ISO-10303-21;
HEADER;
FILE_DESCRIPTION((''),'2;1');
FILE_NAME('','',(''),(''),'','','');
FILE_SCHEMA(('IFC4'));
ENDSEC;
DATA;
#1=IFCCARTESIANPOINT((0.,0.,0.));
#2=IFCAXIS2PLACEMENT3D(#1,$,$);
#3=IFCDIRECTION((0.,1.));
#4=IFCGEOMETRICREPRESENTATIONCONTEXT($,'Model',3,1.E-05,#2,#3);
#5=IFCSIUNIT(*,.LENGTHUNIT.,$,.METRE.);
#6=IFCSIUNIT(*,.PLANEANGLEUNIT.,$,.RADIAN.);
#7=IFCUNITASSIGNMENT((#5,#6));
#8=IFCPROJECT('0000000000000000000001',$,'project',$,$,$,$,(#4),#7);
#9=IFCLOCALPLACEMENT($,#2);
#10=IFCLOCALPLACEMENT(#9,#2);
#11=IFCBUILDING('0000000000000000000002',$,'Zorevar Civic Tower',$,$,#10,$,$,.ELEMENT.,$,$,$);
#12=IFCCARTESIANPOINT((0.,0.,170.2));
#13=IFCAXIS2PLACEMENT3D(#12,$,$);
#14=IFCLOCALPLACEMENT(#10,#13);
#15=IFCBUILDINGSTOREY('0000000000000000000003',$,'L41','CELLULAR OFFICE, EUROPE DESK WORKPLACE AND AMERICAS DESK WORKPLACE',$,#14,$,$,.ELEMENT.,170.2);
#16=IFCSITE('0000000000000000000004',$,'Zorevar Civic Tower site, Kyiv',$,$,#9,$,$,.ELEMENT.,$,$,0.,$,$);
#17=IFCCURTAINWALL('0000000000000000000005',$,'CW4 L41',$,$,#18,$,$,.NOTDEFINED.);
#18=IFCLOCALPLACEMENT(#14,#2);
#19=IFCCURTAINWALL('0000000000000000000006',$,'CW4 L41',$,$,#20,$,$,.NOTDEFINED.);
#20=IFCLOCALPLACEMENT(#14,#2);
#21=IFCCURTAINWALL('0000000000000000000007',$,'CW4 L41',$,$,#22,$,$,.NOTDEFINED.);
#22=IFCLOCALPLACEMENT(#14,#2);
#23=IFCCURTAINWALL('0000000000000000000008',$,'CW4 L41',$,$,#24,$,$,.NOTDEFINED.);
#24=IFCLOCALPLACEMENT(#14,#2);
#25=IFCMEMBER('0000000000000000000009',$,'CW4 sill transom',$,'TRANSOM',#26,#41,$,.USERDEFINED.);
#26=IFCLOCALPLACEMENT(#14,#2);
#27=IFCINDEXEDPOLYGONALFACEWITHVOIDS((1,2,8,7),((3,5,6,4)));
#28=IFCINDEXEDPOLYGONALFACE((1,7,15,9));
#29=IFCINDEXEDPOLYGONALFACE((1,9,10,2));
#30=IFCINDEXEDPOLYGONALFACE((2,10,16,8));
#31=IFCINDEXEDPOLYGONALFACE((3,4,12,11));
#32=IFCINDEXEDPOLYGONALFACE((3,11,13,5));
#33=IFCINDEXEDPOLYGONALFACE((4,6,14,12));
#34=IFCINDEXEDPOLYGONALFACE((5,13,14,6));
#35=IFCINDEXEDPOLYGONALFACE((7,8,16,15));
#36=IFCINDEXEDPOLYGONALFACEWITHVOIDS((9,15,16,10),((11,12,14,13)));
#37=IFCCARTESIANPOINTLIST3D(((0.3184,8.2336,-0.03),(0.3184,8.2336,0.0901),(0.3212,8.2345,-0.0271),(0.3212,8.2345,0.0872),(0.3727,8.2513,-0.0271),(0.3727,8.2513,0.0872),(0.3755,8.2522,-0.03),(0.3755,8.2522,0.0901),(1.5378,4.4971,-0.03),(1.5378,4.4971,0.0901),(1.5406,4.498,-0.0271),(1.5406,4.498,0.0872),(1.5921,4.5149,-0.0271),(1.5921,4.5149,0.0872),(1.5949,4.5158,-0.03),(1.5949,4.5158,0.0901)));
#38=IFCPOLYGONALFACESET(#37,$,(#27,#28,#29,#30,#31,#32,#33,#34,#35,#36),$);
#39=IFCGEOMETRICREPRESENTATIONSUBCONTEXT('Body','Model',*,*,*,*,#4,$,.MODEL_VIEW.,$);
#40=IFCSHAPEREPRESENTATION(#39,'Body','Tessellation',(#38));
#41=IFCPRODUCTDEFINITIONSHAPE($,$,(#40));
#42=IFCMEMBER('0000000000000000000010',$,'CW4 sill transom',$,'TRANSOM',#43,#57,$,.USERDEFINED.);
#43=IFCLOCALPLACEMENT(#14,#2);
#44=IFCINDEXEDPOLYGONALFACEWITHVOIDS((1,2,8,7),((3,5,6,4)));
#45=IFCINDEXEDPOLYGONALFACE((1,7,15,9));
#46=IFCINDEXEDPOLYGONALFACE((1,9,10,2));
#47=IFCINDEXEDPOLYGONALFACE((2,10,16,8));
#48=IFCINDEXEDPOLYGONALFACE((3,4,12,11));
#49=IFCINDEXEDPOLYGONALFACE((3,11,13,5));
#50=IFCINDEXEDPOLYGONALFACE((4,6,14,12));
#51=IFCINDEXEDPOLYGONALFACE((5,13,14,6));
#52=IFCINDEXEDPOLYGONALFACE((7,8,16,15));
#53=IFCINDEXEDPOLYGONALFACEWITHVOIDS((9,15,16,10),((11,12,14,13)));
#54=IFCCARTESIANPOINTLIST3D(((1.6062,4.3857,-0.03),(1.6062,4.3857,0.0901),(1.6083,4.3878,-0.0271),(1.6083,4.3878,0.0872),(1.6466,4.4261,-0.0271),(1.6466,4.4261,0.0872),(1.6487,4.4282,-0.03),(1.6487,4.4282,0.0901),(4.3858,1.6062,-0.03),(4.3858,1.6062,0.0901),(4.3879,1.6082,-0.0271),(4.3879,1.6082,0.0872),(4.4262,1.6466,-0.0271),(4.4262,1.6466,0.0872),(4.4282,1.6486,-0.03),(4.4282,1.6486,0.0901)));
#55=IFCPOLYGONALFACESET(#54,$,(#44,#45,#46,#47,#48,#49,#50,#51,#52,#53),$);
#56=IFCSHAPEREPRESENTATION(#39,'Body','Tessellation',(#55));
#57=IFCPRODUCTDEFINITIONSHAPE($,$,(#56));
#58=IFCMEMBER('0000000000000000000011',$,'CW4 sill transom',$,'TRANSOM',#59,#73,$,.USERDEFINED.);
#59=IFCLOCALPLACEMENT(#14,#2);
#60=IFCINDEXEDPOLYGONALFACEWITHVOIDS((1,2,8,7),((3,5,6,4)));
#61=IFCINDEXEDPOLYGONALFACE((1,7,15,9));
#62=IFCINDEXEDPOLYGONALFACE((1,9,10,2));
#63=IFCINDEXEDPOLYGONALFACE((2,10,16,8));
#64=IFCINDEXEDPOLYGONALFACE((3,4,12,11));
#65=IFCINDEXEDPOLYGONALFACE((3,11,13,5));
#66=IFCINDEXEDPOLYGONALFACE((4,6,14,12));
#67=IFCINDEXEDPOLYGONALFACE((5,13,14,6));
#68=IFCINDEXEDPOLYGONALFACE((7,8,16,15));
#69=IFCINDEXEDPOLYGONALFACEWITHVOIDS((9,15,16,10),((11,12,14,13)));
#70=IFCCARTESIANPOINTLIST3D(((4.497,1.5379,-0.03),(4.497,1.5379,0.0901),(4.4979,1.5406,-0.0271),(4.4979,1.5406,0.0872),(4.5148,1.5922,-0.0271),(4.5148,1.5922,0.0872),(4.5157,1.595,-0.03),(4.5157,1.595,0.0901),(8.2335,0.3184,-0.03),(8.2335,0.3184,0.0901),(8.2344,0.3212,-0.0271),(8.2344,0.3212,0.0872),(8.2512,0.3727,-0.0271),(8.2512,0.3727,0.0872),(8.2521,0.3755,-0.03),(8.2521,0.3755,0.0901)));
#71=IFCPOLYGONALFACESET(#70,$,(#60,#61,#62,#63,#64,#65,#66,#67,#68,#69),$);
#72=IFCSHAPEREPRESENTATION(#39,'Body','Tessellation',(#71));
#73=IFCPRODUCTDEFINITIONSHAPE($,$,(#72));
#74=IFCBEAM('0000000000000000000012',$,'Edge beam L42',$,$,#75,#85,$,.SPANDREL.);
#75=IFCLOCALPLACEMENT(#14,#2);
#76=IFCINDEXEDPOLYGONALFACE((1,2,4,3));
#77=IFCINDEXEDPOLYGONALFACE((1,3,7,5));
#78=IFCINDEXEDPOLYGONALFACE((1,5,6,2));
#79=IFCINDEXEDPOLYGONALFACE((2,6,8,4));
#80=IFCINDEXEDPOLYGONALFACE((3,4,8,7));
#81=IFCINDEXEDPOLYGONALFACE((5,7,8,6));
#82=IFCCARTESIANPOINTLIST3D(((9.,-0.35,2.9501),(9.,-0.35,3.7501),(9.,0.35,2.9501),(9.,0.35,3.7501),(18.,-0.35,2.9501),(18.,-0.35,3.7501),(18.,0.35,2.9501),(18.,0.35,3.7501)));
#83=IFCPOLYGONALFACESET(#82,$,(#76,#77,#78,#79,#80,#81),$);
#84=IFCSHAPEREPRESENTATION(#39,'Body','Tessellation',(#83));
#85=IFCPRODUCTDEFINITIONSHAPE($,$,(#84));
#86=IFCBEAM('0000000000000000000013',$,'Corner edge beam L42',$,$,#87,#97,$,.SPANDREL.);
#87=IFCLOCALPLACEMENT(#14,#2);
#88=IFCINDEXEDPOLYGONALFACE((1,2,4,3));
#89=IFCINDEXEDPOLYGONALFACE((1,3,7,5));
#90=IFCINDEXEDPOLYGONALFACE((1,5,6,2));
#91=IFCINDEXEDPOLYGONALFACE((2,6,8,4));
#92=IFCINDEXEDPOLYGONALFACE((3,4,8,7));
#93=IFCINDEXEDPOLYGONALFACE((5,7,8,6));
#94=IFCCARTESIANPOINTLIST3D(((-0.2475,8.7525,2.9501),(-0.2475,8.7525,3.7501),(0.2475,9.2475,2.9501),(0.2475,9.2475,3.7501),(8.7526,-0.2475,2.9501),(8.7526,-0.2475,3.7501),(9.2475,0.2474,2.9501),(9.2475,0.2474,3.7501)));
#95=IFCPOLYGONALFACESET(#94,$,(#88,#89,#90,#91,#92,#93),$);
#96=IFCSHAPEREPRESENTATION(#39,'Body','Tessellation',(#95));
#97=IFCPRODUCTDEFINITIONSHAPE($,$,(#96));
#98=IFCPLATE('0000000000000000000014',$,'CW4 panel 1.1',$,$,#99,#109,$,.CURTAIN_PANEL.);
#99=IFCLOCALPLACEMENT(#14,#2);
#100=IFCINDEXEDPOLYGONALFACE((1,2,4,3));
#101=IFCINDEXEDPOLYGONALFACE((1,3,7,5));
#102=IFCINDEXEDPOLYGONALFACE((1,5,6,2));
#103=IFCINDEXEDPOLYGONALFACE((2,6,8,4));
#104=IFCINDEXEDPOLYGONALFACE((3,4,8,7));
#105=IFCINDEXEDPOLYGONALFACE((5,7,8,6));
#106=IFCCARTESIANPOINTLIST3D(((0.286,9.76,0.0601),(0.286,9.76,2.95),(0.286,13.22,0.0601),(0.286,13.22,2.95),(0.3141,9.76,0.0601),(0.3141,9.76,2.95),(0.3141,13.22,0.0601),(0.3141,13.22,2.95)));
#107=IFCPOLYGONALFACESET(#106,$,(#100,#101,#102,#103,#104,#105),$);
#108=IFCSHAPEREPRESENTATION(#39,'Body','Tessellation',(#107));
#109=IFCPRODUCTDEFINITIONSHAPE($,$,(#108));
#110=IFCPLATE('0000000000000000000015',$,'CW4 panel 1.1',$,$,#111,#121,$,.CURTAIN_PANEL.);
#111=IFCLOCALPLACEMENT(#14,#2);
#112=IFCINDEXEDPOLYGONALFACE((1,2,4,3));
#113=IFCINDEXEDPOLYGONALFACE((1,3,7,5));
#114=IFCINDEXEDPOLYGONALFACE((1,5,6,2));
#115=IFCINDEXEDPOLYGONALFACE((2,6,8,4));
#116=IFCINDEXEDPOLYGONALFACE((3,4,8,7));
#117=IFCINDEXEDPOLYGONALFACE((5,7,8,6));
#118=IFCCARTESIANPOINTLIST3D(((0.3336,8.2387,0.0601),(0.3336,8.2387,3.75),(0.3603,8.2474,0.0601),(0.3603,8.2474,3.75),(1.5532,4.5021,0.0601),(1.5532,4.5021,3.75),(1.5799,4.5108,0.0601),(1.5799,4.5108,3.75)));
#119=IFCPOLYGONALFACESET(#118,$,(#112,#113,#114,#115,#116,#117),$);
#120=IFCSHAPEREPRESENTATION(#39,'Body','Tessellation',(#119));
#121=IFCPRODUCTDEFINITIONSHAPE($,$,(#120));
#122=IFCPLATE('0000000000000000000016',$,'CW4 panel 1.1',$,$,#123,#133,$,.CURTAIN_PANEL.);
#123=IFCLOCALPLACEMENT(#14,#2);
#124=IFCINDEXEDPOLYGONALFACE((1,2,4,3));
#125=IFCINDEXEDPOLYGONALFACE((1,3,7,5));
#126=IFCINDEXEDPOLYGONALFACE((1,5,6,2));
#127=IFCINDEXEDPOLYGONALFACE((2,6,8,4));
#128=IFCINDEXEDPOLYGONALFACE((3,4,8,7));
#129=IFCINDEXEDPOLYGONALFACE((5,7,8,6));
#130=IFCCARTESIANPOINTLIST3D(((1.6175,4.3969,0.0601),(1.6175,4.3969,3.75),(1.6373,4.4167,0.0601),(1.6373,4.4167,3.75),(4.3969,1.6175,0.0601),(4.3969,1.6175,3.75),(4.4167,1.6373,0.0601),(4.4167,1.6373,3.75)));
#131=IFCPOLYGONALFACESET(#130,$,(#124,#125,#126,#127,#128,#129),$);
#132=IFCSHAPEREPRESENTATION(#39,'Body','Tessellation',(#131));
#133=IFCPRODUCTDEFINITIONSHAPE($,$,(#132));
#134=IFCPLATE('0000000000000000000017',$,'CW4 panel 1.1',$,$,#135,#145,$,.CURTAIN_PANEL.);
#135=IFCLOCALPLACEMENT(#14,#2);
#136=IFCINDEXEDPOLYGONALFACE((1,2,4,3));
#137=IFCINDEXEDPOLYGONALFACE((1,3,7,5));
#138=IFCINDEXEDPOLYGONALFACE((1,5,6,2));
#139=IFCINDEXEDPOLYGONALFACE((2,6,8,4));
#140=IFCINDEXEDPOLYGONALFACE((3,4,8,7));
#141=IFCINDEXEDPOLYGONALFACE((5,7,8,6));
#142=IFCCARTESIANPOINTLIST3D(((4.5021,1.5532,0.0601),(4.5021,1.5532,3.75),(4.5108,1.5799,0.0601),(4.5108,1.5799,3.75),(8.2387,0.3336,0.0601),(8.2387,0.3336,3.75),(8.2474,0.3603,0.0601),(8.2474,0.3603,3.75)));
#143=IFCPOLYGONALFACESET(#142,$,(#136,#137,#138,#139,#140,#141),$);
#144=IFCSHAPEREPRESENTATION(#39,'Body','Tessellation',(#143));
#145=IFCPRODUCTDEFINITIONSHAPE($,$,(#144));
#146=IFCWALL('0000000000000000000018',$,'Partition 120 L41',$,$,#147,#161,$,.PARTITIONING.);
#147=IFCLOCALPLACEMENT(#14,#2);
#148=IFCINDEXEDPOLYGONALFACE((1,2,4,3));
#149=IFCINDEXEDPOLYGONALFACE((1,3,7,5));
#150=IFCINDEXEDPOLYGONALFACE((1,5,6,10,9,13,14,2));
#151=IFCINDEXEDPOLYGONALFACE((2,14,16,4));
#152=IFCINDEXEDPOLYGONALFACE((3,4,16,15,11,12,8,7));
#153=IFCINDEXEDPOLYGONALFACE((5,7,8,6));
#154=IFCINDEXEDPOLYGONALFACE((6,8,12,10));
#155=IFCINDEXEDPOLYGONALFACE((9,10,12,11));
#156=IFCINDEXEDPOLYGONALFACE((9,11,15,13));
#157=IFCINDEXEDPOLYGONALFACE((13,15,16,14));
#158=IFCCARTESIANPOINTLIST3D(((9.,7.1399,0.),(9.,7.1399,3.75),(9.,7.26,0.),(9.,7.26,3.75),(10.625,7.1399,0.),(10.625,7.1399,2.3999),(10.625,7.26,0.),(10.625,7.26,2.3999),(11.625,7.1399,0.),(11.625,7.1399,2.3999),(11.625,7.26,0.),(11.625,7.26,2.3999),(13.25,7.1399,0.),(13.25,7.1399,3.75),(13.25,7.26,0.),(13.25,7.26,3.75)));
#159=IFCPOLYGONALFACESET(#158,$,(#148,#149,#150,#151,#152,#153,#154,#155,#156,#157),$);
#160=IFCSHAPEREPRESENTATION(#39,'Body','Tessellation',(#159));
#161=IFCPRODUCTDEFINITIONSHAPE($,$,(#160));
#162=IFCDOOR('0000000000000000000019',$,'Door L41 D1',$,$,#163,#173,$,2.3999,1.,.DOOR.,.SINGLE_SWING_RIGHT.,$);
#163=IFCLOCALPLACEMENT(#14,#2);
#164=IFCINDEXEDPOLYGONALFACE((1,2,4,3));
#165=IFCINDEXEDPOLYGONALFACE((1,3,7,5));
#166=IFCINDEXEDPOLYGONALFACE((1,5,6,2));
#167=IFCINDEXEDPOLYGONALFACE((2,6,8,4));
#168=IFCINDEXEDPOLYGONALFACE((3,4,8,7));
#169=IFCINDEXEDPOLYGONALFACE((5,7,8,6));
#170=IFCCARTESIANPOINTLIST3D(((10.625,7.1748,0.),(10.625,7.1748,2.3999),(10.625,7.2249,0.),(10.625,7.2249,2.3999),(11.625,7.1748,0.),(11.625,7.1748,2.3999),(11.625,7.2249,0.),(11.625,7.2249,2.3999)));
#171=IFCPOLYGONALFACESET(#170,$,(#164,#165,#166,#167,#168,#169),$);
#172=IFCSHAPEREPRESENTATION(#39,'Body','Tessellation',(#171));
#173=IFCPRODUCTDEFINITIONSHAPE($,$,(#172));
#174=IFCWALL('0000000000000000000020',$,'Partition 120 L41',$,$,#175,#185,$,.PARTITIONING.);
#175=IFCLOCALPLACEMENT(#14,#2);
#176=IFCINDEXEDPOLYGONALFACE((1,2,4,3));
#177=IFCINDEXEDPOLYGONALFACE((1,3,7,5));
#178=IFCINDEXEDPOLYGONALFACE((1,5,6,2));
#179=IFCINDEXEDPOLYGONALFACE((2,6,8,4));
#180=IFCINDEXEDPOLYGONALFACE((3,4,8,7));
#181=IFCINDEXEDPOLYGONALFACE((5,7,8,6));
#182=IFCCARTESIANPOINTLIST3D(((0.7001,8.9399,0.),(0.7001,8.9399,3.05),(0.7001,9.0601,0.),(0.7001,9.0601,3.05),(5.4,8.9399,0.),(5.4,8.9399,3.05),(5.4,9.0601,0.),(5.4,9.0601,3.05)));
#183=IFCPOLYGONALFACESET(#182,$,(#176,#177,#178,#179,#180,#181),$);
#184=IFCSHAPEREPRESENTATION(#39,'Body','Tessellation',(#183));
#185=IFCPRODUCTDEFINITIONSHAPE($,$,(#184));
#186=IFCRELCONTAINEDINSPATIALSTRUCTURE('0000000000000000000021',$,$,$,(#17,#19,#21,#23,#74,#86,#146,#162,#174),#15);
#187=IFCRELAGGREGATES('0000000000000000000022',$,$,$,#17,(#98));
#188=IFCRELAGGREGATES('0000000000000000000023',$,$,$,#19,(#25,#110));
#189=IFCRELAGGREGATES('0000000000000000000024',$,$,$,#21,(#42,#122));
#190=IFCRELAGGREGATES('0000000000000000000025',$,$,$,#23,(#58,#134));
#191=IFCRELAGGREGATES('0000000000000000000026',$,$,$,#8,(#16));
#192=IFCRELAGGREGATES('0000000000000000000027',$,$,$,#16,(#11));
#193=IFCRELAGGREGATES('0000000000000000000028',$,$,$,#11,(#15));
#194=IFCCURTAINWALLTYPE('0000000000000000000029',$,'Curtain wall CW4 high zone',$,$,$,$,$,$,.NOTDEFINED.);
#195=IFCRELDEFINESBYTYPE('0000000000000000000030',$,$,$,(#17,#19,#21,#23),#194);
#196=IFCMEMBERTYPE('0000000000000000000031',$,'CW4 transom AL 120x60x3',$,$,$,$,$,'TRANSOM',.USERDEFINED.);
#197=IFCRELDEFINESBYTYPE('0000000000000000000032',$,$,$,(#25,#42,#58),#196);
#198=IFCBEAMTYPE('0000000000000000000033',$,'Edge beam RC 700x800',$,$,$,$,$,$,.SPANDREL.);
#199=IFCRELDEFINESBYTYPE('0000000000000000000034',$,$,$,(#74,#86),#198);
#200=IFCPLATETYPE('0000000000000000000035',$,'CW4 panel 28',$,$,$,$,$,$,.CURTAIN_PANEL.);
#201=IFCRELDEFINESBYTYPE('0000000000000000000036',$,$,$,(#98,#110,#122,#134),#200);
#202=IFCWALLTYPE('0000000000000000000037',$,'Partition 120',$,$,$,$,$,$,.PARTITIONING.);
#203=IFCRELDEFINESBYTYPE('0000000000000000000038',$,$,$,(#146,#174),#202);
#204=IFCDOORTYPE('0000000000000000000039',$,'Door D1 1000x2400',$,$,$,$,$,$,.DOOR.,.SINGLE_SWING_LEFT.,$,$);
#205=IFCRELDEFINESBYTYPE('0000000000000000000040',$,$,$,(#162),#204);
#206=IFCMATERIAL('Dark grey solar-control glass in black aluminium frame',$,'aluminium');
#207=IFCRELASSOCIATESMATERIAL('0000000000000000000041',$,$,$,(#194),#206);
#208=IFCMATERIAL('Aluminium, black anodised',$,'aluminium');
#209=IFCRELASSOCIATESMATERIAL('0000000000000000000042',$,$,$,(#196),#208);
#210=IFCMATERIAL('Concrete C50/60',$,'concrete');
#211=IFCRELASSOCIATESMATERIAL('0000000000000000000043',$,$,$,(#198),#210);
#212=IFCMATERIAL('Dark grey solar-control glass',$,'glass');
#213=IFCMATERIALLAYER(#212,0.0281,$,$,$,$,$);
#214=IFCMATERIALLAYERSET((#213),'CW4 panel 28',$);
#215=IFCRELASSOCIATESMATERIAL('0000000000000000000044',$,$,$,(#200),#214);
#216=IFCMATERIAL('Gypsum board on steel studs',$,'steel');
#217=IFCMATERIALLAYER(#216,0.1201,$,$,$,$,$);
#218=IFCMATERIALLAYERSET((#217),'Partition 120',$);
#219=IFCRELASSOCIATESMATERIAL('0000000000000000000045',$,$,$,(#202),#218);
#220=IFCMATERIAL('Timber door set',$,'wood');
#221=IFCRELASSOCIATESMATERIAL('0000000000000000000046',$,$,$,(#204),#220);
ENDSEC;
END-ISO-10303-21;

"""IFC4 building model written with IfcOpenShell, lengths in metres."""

from ifc_helpers import new_model, si_unit, direction, frame, frame_2d, origin, origin_2d, place, context, subcontext, project, spatial, rectangle, hollow_rectangle, extrude, material, layer, layer_set, material_profile, profile_set, type_object, element, fill, aggregate, save


model = new_model("IFC4")

# Units and contexts
model_context = context("Model", 3, precision=1e-05, world=origin(), true_north=direction((0.0, 1.0)))
body_context = subcontext(model_context, "Body", "Model", "MODEL_VIEW")
ifc_project = project(units=[si_unit("LENGTHUNIT", "METRE"), si_unit("PLANEANGLEUNIT", "RADIAN")], contexts=[model_context])

# Site, building, storey
site_placement = place(None, origin())
site = spatial("IfcSite", under=ifc_project, at=site_placement, Name="Zorevar Civic Tower site, Kyiv", CompositionType="ELEMENT", RefElevation=0.0)
building_placement = place(site_placement, origin())
building = spatial("IfcBuilding", under=site, at=building_placement, Name="Zorevar Civic Tower", CompositionType="ELEMENT")
storey_placement = place(building_placement, frame((0.0, 0.0, 170.2)))
storey = spatial("IfcBuildingStorey", under=building, at=storey_placement, Name="L41", Description="CELLULAR OFFICE, EUROPE DESK WORKPLACE AND AMERICAS DESK WORKPLACE", CompositionType="ELEMENT", Elevation=170.2)

# Curtain walls
ifc_material_1 = material(Name="Dark grey solar-control glass in black aluminium frame", Category="aluminium")
curtain_wall_type = type_object("IfcCurtainWallType", Name="Curtain wall CW4 high zone", PredefinedType="NOTDEFINED", material=ifc_material_1)
curtain_wall_1_placement = place(storey_placement, origin())
curtain_wall_1 = element("IfcCurtainWall", 1, at=curtain_wall_1_placement, inside=storey, type_object=curtain_wall_type, Name="CW4 L41", PredefinedType="NOTDEFINED")
curtain_wall_2_placement = place(storey_placement, origin())
curtain_wall_2 = element("IfcCurtainWall", 2, at=curtain_wall_2_placement, inside=storey, type_object=curtain_wall_type, Name="CW4 L41", PredefinedType="NOTDEFINED")
curtain_wall_3_placement = place(storey_placement, origin())
curtain_wall_3 = element("IfcCurtainWall", 3, at=curtain_wall_3_placement, inside=storey, type_object=curtain_wall_type, Name="CW4 L41", PredefinedType="NOTDEFINED")
curtain_wall_4_placement = place(storey_placement, origin())
curtain_wall_4 = element("IfcCurtainWall", 4, at=curtain_wall_4_placement, inside=storey, type_object=curtain_wall_type, Name="CW4 L41", PredefinedType="NOTDEFINED")

# Members
ifc_material_2 = material(Name="Aluminium, black anodised", Category="aluminium")
ifc_material_profile_1 = material_profile(ifc_material_2, hollow_rectangle(XDim=0.0601, YDim=0.1201, WallThickness=0.0029, at=origin_2d()), Name="AL 120x60x3")
ifc_profile_set_1 = profile_set([ifc_material_profile_1], Name="Aluminium, black anodised")
member_type_1 = type_object("IfcMemberType", Name="CW4 transom AL 120x60x3", ElementType="TRANSOM", PredefinedType="USERDEFINED", material=ifc_profile_set_1)
member_1_placement = place(storey_placement, frame((0.3469, 8.2429, 0.03), z_axis=(0.310259, -0.950652, 0.0), x_axis=(0.950652, 0.310259, 0.0)))
member_1 = element("IfcMember", 5, at=member_1_placement, type_object=member_type_1, Name="CW4 sill transom", ObjectType="TRANSOM", PredefinedType="USERDEFINED", context=body_context, shape_type="SweptSolid", body=[
    extrude(hollow_rectangle(XDim=0.0601, YDim=0.1201, WallThickness=0.0029, at=origin_2d()), origin(), (0.0, 0.0, 1.0), 3.9304),
])
member_2_placement = place(storey_placement, frame((1.6274, 4.407, 0.03), z_axis=(0.707107, -0.707107, 0.0), x_axis=(0.707107, 0.707107, 0.0)))
member_2 = element("IfcMember", 6, at=member_2_placement, type_object=member_type_1, Name="CW4 sill transom", ObjectType="TRANSOM", PredefinedType="USERDEFINED", context=body_context, shape_type="SweptSolid", body=[
    extrude(hollow_rectangle(XDim=0.0601, YDim=0.1201, WallThickness=0.0029, at=origin_2d()), origin(), (0.0, 0.0, 1.0), 3.9309),
])
member_3_placement = place(storey_placement, frame((4.5063, 1.5664, 0.03), z_axis=(0.950652, -0.310259, 0.0), x_axis=(0.310259, 0.950652, 0.0)))
member_3 = element("IfcMember", 7, at=member_3_placement, type_object=member_type_1, Name="CW4 sill transom", ObjectType="TRANSOM", PredefinedType="USERDEFINED", context=body_context, shape_type="SweptSolid", body=[
    extrude(hollow_rectangle(XDim=0.0601, YDim=0.1201, WallThickness=0.0029, at=origin_2d()), origin(), (0.0, 0.0, 1.0), 3.9304),
])

# Beams
ifc_material_3 = material(Name="Concrete C50/60", Category="concrete")
ifc_material_profile_2 = material_profile(ifc_material_3, rectangle(XDim=0.7, YDim=0.8, at=origin_2d()), Name="RC 700x800")
ifc_profile_set_2 = profile_set([ifc_material_profile_2], Name="Concrete C50/60")
beam_type_1 = type_object("IfcBeamType", Name="Edge beam RC 700x800", PredefinedType="SPANDREL", material=ifc_profile_set_2)
beam_1_placement = place(storey_placement, frame((9.0, 0.0, 3.3501), z_axis=(1.0, 0.0, 0.0), x_axis=(0.0, 1.0, 0.0)))
element("IfcBeam", 8, at=beam_1_placement, inside=storey, type_object=beam_type_1, Name="Edge beam L42", PredefinedType="SPANDREL", context=body_context, shape_type="SweptSolid", body=[
    extrude(rectangle(XDim=0.7, YDim=0.8, at=origin_2d()), origin(), (0.0, 0.0, 1.0), 9.0),
])
beam_2_placement = place(storey_placement, frame((0.0, 9.0, 3.3501), z_axis=(0.707107, -0.707107, 0.0), x_axis=(0.707107, 0.707107, 0.0)))
element("IfcBeam", 9, at=beam_2_placement, inside=storey, type_object=beam_type_1, Name="Corner edge beam L42", PredefinedType="SPANDREL", context=body_context, shape_type="SweptSolid", body=[
    extrude(rectangle(XDim=0.7, YDim=0.8, at=origin_2d()), origin(), (0.0, 0.0, 1.0), 12.728),
])

# Plates
ifc_material_4 = material(Name="Dark grey solar-control glass", Category="glass")
ifc_layer_1 = layer(ifc_material_4, 0.0281)
ifc_layer_set_1 = layer_set([ifc_layer_1], Name="CW4 panel 28")
plate_type = type_object("IfcPlateType", Name="CW4 panel 28", PredefinedType="CURTAIN_PANEL", material=ifc_layer_set_1)
plate_1_placement = place(storey_placement, frame((0.3, 11.49, 0.0601), z_axis=(0.0, 0.0, 1.0), x_axis=(0.0, 1.0, 0.0)))
plate_1 = element("IfcPlate", 10, at=plate_1_placement, type_object=plate_type, Name="CW4 panel 1.1", PredefinedType="CURTAIN_PANEL", context=body_context, shape_type="SweptSolid", body=[
    extrude(rectangle(XDim=3.46, YDim=0.0281, at=origin_2d()), origin(), (0.0, 0.0, 1.0), 2.8899),
])
aggregate(curtain_wall_1, [plate_1])
plate_2_placement = place(storey_placement, frame((0.9568, 6.3748, 0.0601), z_axis=(0.0, 0.0, 1.0), x_axis=(0.310281, -0.950645, 0.0)))
plate_2 = element("IfcPlate", 11, at=plate_2_placement, type_object=plate_type, Name="CW4 panel 1.1", PredefinedType="CURTAIN_PANEL", context=body_context, shape_type="SweptSolid", body=[
    extrude(rectangle(XDim=3.9307, YDim=0.0281, at=origin_2d()), origin(), (0.0, 0.0, 1.0), 3.6899),
])
aggregate(curtain_wall_2, [member_1, plate_2])
plate_3_placement = place(storey_placement, frame((3.0171, 3.0171, 0.0601), z_axis=(0.0, 0.0, 1.0), x_axis=(0.707107, -0.707107, 0.0)))
plate_3 = element("IfcPlate", 12, at=plate_3_placement, type_object=plate_type, Name="CW4 panel 1.1", PredefinedType="CURTAIN_PANEL", context=body_context, shape_type="SweptSolid", body=[
    extrude(rectangle(XDim=3.9307, YDim=0.0281, at=origin_2d()), origin(), (0.0, 0.0, 1.0), 3.6899),
])
aggregate(curtain_wall_3, [member_2, plate_3])
plate_4_placement = place(storey_placement, frame((6.3748, 0.9568, 0.0601), z_axis=(0.0, 0.0, 1.0), x_axis=(0.950645, -0.310281, 0.0)))
plate_4 = element("IfcPlate", 13, at=plate_4_placement, type_object=plate_type, Name="CW4 panel 1.1", PredefinedType="CURTAIN_PANEL", context=body_context, shape_type="SweptSolid", body=[
    extrude(rectangle(XDim=3.9307, YDim=0.0281, at=origin_2d()), origin(), (0.0, 0.0, 1.0), 3.6899),
])
aggregate(curtain_wall_4, [member_3, plate_4])

# Wall, opening, door
ifc_material_5 = material(Name="Gypsum board on steel studs", Category="steel")
ifc_layer_2 = layer(ifc_material_5, 0.1201)
ifc_layer_set_2 = layer_set([ifc_layer_2], Name="Partition 120")
wall_type = type_object("IfcWallType", Name="Partition 120", PredefinedType="PARTITIONING", material=ifc_layer_set_2)
wall_1_placement = place(storey_placement, frame((9.0, 7.2, 0.0), z_axis=(0.0, 0.0, 1.0), x_axis=(1.0, 0.0, 0.0)))
wall_1 = element("IfcWall", 14, at=wall_1_placement, inside=storey, type_object=wall_type, Name="Partition 120 L41", PredefinedType="PARTITIONING", context=body_context, shape_type="SweptSolid", body=[
    extrude(rectangle(XDim=4.25, YDim=0.1201, at=frame_2d((2.125, 0.0))), origin(), (0.0, 0.0, 1.0), 3.75),
])
opening_1_placement = place(wall_1_placement, frame((1.625, 0.0, 0.0)))
opening_1 = element("IfcOpeningElement", 15, at=opening_1_placement, cuts=wall_1, PredefinedType="OPENING", context=body_context, shape_type="SweptSolid", body=[
    extrude(rectangle(XDim=1.0, YDim=2.3999, at=frame_2d((0.5, 1.2))), frame((0.0, 0.0701, 0.0), z_axis=(0.0, -1.0, 0.0), x_axis=(1.0, 0.0, 0.0)), (0.0, 0.0, 1.0), 0.1401),
])
ifc_material_6 = material(Name="Timber door set", Category="wood")
door_type = type_object("IfcDoorType", Name="Door D1 1000x2400", OperationType="SINGLE_SWING_LEFT", PredefinedType="DOOR", material=ifc_material_6)
door_1_placement = place(opening_1_placement, origin())
door_1 = element("IfcDoor", 16, at=door_1_placement, inside=storey, type_object=door_type, Name="Door L41 D1", OperationType="SINGLE_SWING_RIGHT", OverallHeight=2.3999, OverallWidth=1.0, PredefinedType="DOOR", context=body_context, shape_type="SweptSolid", body=[
    extrude(rectangle(XDim=1.0, YDim=2.3999, at=frame_2d((0.5, 1.2))), frame((0.0, 0.0249, 0.0), z_axis=(0.0, -1.0, 0.0), x_axis=(1.0, 0.0, 0.0)), (0.0, 0.0, 1.0), 0.05),
])
fill(opening_1, door_1)

# Wall
wall_2_placement = place(storey_placement, frame((0.7, 9.0, 0.0), z_axis=(0.0, 0.0, 1.0), x_axis=(1.0, 0.0, 0.0)))
element("IfcWall", 17, at=wall_2_placement, inside=storey, type_object=wall_type, Name="Partition 120 L41", PredefinedType="PARTITIONING", context=body_context, shape_type="SweptSolid", body=[
    extrude(rectangle(XDim=4.7, YDim=0.1201, at=frame_2d((2.3501, 0.0))), origin(), (0.0, 0.0, 1.0), 3.05),
])

save(model, "model.ifc")
